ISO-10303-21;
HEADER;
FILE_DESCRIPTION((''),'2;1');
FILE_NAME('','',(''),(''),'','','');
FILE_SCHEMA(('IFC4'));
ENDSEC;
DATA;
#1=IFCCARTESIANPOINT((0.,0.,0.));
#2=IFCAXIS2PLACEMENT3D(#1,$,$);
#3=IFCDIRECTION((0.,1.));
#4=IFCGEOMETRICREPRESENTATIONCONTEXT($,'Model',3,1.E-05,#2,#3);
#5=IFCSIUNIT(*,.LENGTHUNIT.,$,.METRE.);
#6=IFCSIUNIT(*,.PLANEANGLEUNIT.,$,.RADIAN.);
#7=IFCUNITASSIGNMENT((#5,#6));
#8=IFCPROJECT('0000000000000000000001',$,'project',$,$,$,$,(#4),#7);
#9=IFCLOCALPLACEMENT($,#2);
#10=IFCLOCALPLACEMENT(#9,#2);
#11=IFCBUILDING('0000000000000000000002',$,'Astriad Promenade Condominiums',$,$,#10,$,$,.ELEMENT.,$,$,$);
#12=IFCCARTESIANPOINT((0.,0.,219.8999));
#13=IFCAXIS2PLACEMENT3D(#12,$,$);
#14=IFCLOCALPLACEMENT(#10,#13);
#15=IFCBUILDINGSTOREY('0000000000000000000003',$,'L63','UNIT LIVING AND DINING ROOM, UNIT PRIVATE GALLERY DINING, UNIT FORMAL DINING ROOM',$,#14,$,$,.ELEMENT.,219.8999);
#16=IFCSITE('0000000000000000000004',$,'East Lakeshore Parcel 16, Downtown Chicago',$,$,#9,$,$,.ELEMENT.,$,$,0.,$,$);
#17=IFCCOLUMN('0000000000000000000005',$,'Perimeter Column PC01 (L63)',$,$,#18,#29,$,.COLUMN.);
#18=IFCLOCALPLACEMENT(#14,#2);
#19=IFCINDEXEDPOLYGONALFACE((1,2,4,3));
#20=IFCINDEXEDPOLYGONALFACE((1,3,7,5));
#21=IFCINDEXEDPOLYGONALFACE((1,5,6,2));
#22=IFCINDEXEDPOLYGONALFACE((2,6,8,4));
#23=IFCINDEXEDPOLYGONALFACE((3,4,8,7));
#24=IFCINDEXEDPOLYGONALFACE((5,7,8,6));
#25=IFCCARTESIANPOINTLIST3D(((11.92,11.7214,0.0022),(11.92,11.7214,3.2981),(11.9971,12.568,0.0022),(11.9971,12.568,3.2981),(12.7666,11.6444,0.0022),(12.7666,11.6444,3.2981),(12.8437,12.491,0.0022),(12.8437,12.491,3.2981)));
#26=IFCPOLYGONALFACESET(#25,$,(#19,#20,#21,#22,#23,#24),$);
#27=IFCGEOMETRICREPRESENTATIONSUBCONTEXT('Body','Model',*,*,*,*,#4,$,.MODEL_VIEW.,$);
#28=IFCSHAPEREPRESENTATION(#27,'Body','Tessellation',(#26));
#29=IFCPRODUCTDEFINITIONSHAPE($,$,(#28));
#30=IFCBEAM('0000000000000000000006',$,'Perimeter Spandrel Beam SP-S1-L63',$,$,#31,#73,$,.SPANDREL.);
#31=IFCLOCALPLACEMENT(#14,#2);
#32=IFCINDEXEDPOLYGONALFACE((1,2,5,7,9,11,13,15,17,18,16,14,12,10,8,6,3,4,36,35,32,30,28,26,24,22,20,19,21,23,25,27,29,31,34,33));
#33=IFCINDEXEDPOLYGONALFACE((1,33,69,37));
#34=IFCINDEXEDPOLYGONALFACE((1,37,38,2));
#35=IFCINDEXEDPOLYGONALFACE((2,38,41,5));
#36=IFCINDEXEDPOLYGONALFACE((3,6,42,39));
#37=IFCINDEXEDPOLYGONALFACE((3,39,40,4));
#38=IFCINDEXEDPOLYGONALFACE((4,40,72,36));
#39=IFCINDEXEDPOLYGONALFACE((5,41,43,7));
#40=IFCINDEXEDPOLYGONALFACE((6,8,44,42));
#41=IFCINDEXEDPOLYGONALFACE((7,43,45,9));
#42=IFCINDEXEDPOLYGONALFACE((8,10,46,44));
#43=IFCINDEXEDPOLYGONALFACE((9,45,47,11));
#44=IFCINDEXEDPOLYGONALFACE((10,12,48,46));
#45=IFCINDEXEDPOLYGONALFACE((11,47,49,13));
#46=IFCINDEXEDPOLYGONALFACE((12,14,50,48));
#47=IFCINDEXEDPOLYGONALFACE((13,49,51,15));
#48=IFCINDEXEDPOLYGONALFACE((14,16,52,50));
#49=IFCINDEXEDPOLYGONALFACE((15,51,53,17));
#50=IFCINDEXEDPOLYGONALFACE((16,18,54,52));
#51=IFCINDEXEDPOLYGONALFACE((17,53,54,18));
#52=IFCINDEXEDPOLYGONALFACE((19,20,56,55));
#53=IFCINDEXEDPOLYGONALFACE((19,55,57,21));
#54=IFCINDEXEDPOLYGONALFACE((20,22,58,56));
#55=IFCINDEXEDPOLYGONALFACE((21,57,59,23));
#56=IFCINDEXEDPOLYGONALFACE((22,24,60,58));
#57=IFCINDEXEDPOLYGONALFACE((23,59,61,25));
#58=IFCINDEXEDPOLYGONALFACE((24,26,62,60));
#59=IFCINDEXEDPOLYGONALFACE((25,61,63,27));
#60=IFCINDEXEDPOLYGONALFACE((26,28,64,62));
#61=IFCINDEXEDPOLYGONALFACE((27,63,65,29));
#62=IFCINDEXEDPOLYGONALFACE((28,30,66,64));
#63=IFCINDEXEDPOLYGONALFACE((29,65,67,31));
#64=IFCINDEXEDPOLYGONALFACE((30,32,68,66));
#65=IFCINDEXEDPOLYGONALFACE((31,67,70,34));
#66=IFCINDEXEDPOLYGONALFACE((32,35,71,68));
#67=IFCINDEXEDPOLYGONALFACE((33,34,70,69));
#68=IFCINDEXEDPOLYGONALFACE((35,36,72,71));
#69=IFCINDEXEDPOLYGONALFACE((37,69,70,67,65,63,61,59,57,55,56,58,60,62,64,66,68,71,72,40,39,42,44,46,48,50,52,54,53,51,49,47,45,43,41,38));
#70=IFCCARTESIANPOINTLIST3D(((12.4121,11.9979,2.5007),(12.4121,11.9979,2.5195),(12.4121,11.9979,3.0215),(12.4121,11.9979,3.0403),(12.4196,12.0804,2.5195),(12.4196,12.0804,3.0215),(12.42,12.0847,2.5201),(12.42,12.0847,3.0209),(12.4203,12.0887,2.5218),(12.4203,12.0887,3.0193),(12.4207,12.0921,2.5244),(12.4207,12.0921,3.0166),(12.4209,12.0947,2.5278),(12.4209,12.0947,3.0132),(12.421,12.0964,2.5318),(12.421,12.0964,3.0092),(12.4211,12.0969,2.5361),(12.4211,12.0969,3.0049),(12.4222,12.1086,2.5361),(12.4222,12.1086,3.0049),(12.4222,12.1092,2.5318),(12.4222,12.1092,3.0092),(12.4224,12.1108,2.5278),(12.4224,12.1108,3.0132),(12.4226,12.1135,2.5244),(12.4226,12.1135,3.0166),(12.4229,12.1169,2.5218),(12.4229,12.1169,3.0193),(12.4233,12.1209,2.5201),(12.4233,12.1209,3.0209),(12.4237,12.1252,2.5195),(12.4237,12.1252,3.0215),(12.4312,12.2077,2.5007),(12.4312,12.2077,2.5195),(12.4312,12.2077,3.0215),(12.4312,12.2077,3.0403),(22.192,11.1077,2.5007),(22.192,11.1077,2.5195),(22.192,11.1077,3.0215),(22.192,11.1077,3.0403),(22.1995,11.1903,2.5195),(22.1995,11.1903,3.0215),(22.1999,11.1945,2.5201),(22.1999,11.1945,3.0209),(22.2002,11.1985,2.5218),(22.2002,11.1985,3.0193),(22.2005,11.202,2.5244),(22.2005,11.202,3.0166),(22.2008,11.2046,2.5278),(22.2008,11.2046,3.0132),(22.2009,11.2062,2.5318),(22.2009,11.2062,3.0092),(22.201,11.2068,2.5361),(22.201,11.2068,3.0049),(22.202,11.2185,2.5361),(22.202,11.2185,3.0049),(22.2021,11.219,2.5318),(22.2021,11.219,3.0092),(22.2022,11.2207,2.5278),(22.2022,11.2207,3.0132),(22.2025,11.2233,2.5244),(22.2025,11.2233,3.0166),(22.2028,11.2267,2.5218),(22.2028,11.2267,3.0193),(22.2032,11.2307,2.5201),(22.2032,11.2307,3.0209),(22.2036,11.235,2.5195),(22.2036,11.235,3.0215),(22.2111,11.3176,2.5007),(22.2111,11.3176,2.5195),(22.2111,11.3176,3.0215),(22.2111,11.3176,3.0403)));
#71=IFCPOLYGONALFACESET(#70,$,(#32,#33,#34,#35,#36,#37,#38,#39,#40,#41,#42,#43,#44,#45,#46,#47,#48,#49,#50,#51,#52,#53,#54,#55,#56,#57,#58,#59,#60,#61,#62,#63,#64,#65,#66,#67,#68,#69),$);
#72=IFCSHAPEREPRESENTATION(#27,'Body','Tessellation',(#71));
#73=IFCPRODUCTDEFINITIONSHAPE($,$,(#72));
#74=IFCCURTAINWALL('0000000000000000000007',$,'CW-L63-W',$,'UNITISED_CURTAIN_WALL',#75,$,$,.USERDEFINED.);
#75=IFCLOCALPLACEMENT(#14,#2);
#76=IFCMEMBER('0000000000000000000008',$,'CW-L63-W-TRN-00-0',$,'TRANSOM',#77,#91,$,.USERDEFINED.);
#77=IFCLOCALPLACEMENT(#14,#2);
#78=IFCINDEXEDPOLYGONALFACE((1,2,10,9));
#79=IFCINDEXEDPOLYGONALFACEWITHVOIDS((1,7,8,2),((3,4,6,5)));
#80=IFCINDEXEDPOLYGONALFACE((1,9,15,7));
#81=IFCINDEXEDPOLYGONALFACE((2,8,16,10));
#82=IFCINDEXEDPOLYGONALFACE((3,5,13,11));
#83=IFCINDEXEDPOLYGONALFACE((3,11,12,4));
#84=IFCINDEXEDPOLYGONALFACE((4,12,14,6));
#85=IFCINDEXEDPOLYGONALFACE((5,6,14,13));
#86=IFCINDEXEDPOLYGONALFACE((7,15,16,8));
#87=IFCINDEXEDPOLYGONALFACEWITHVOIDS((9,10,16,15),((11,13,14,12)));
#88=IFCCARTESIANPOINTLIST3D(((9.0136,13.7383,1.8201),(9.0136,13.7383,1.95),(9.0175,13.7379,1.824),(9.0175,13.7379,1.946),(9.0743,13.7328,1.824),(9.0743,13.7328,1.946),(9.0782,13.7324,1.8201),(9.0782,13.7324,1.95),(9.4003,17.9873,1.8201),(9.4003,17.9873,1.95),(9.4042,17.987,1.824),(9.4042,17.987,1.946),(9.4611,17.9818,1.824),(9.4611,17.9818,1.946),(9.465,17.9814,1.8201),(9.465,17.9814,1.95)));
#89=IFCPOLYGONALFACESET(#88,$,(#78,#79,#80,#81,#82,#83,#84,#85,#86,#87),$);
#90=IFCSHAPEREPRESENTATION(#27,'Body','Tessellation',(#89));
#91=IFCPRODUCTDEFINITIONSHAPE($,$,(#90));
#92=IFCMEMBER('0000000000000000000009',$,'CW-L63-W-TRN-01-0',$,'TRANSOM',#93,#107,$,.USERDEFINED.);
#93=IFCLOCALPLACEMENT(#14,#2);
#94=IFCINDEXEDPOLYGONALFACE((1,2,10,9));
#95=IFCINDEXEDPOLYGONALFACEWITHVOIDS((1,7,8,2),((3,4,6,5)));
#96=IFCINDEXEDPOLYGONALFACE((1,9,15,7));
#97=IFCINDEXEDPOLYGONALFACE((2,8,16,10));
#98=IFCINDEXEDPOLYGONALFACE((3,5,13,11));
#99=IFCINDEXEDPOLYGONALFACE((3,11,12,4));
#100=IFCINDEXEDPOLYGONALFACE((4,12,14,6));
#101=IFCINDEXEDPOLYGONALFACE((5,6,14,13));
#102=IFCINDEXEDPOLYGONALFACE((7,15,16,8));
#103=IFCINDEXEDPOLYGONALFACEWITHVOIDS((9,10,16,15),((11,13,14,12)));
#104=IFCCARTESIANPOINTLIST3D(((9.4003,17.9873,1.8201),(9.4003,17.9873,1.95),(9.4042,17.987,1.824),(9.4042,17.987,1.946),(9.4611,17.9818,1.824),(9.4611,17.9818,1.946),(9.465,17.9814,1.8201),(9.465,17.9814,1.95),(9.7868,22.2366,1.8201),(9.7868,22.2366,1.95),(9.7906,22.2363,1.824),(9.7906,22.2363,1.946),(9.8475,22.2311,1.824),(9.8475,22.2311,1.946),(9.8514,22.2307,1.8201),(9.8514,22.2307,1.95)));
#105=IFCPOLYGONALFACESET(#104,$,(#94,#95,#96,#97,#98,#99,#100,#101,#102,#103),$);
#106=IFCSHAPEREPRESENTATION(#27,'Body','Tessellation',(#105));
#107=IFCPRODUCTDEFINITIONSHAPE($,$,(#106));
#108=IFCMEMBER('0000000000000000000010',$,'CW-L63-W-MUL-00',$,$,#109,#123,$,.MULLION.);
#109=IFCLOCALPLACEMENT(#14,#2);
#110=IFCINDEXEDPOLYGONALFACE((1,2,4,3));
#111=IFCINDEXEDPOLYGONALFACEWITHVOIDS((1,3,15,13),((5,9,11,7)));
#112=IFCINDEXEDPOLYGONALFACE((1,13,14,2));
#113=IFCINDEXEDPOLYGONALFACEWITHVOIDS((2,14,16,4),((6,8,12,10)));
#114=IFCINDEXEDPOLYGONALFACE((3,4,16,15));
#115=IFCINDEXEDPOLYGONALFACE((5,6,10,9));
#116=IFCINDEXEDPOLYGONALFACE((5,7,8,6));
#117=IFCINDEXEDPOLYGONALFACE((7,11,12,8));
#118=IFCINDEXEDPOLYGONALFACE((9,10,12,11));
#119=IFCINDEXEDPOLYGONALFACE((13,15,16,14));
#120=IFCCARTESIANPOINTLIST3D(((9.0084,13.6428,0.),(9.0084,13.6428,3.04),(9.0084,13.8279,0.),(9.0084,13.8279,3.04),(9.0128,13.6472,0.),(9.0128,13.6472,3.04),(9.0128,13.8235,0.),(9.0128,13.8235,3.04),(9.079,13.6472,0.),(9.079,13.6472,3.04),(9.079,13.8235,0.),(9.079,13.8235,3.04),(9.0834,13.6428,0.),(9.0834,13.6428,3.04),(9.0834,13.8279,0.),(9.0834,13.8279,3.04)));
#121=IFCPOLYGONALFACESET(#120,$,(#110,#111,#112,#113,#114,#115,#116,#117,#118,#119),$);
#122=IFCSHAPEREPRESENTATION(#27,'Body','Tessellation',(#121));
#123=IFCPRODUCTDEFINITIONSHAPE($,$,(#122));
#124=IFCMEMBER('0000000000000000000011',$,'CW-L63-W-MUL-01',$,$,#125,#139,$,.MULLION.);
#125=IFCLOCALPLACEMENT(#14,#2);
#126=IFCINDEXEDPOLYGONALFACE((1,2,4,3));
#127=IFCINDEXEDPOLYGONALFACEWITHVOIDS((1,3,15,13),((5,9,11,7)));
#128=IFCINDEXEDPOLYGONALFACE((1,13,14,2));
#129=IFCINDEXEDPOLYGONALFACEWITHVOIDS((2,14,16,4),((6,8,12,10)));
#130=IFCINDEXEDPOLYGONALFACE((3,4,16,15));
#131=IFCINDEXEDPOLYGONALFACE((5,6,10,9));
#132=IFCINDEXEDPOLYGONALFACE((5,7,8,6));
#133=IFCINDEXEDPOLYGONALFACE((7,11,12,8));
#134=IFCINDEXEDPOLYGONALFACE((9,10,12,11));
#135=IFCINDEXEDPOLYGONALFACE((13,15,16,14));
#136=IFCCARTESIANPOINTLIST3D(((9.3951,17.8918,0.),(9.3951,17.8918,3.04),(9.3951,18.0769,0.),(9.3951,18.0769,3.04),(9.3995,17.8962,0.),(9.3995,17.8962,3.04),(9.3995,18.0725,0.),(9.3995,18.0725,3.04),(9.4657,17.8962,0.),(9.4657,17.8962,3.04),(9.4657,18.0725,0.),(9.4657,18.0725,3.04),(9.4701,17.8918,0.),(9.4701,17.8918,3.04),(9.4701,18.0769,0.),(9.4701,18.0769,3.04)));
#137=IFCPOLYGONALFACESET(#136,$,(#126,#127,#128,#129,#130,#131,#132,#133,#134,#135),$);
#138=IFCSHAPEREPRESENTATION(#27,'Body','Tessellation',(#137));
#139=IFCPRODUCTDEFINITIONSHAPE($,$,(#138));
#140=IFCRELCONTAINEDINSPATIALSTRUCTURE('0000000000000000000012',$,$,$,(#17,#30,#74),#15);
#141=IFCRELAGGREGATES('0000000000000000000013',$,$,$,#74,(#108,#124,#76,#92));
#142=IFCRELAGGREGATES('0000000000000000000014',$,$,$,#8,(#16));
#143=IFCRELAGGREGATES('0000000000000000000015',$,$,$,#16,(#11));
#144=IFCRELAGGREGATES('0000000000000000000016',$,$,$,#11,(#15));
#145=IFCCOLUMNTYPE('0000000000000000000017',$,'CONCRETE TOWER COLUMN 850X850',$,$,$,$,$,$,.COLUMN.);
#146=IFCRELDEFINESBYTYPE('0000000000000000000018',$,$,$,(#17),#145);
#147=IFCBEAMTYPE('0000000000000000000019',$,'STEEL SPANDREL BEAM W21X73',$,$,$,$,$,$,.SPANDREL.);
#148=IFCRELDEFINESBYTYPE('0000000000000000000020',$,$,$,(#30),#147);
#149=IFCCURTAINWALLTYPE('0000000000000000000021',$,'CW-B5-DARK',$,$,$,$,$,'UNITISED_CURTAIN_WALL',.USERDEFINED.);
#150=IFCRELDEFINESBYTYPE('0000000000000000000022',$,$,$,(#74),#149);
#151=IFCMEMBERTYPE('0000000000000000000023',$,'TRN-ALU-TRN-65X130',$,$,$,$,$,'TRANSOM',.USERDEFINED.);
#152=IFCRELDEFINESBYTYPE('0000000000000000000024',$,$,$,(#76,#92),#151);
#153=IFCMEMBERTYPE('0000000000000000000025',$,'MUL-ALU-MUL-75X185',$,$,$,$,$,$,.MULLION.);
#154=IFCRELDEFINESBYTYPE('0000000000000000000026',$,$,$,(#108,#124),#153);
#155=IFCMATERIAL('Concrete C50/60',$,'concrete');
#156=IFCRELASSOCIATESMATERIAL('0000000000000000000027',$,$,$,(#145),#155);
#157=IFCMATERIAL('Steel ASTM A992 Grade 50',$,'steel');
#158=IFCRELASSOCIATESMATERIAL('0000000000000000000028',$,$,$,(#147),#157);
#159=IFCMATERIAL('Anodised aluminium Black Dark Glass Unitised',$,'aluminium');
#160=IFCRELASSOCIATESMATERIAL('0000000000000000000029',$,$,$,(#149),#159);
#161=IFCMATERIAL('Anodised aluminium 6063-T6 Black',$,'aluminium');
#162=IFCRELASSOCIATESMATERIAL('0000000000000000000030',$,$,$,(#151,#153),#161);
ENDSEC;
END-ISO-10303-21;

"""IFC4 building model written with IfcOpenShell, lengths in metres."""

from ifc_helpers import new_model, si_unit, direction, frame, origin, origin_2d, place, context, subcontext, project, spatial, rectangle, hollow_rectangle, i_section, extrude, source, transform, mapped, material, material_profile, profile_set, type_object, type_shapes, element, aggregate, save


model = new_model("IFC4")

# Units and contexts
model_context = context("Model", 3, precision=1e-05, world=origin(), true_north=direction((0.0, 1.0)))
body_context = subcontext(model_context, "Body", "Model", "MODEL_VIEW")
ifc_project = project(units=[si_unit("LENGTHUNIT", "METRE"), si_unit("PLANEANGLEUNIT", "RADIAN")], contexts=[model_context])

# Site, building, storey
site_placement = place(None, origin())
site = spatial("IfcSite", under=ifc_project, at=site_placement, Name="East Lakeshore Parcel 16, Downtown Chicago", CompositionType="ELEMENT", RefElevation=0.0)
building_placement = place(site_placement, origin())
building = spatial("IfcBuilding", under=site, at=building_placement, Name="Astriad Promenade Condominiums", CompositionType="ELEMENT")
storey_placement = place(building_placement, frame((0.0, 0.0, 219.8999)))
storey = spatial("IfcBuildingStorey", under=building, at=storey_placement, Name="L63", Description="UNIT LIVING AND DINING ROOM, UNIT PRIVATE GALLERY DINING, UNIT FORMAL DINING ROOM", CompositionType="ELEMENT", Elevation=219.8999)

# Column
ifc_material_1 = material(Name="Concrete C50/60", Category="concrete")
ifc_material_profile_1 = material_profile(ifc_material_1, rectangle(XDim=0.8501, YDim=0.8501, at=origin_2d()), Name="RC-COL-850X850")
ifc_profile_set_1 = profile_set([ifc_material_profile_1], Name="Concrete C50/60")
column_type = type_object("IfcColumnType", Name="CONCRETE TOWER COLUMN 850X850", PredefinedType="COLUMN", material=ifc_profile_set_1)
shared_shape_1 = source(origin(), body_context, "Body", "SweptSolid", [
    extrude(rectangle(XDim=0.8501, YDim=0.8501, at=origin_2d()), origin(), (0.0, 0.0, 1.0), 3.2959),
])
type_shapes(column_type, [shared_shape_1])
column_placement = place(storey_placement, frame((12.3818, 12.1062, 0.0022), z_axis=(0.0, 0.0, 1.0), x_axis=(0.995884, -0.090633, 0.0)))
element("IfcColumn", 1, at=column_placement, inside=storey, type_object=column_type, Name="Perimeter Column PC01 (L63)", PredefinedType="COLUMN", context=body_context, shape_type="MappedRepresentation", body=[
    mapped(shared_shape_1, transform((0.0, 0.0, 0.0), scale=1.0)),
])

# Beam
ifc_material_2 = material(Name="Steel ASTM A992 Grade 50", Category="steel")
ifc_material_profile_2 = material_profile(ifc_material_2, i_section(OverallWidth=0.2107, OverallDepth=0.5396, WebThickness=0.0117, FlangeThickness=0.0188, FilletRadius=0.0166, at=origin_2d()), Name="W21X73")
ifc_profile_set_2 = profile_set([ifc_material_profile_2], Name="Steel ASTM A992 Grade 50")
beam_type = type_object("IfcBeamType", Name="STEEL SPANDREL BEAM W21X73", PredefinedType="SPANDREL", material=ifc_profile_set_2)
shared_shape_2 = source(origin(), body_context, "Body", "SweptSolid", [
    extrude(i_section(OverallWidth=0.2107, OverallDepth=0.5396, WebThickness=0.0117, FlangeThickness=0.0188, FilletRadius=0.0166, at=origin_2d()), origin(), (0.0, 0.0, 1.0), 9.8203),
])
type_shapes(beam_type, [shared_shape_2])
beam_placement = place(storey_placement, frame((12.4216, 12.1028, 2.7705), z_axis=(0.995883, -0.090643, 0.0), x_axis=(0.090643, 0.995883, 0.0)))
element("IfcBeam", 2, at=beam_placement, inside=storey, type_object=beam_type, Name="Perimeter Spandrel Beam SP-S1-L63", PredefinedType="SPANDREL", context=body_context, shape_type="MappedRepresentation", body=[
    mapped(shared_shape_2, transform((0.0, 0.0, 0.0), scale=1.0)),
])

# Curtain wall, members
ifc_material_3 = material(Name="Anodised aluminium Black Dark Glass Unitised", Category="aluminium")
curtain_wall_type = type_object("IfcCurtainWallType", Name="CW-B5-DARK", ElementType="UNITISED_CURTAIN_WALL", PredefinedType="USERDEFINED", material=ifc_material_3)
curtain_wall_placement = place(storey_placement, origin())
curtain_wall = element("IfcCurtainWall", 3, at=curtain_wall_placement, inside=storey, type_object=curtain_wall_type, Name="CW-L63-W", ObjectType="UNITISED_CURTAIN_WALL", PredefinedType="USERDEFINED")
ifc_material_4 = material(Name="Anodised aluminium 6063-T6 Black", Category="aluminium")
ifc_material_profile_3 = material_profile(ifc_material_4, hollow_rectangle(XDim=0.0649, YDim=0.1299, WallThickness=0.0039, at=origin_2d()), Name="ALU-TRN-65X130")
ifc_profile_set_3 = profile_set([ifc_material_profile_3], Name="Anodised aluminium 6063-T6 Black")
member_type_1 = type_object("IfcMemberType", Name="TRN-ALU-TRN-65X130", ElementType="TRANSOM", PredefinedType="USERDEFINED", material=ifc_profile_set_3)
shared_shape_3 = source(origin(), body_context, "Body", "SweptSolid", [
    extrude(hollow_rectangle(XDim=0.0649, YDim=0.1299, WallThickness=0.0039, at=origin_2d()), origin(), (0.0, 0.0, 1.0), 4.2666),
])
member_1_placement = place(storey_placement, frame((9.0459, 13.7354, 1.885), z_axis=(0.090639, 0.995884, 0.0), x_axis=(-0.995884, 0.090639, 0.0)))
member_1 = element("IfcMember", 4, at=member_1_placement, type_object=member_type_1, Name="CW-L63-W-TRN-00-0", ObjectType="TRANSOM", PredefinedType="USERDEFINED", context=body_context, shape_type="MappedRepresentation", body=[
    mapped(shared_shape_3, transform((0.0, 0.0, 0.0), scale=1.0)),
])
shared_shape_4 = source(origin(), body_context, "Body", "SweptSolid", [
    extrude(hollow_rectangle(XDim=0.0649, YDim=0.1299, WallThickness=0.0039, at=origin_2d()), origin(), (0.0, 0.0, 1.0), 4.2668),
])
type_shapes(member_type_1, [shared_shape_3, shared_shape_4])
member_2_placement = place(storey_placement, frame((9.4326, 17.9844, 1.885), z_axis=(0.090577, 0.995889, 0.0), x_axis=(-0.995889, 0.090577, 0.0)))
member_2 = element("IfcMember", 5, at=member_2_placement, type_object=member_type_1, Name="CW-L63-W-TRN-01-0", ObjectType="TRANSOM", PredefinedType="USERDEFINED", context=body_context, shape_type="MappedRepresentation", body=[
    mapped(shared_shape_4, transform((0.0, 0.0, 0.0), scale=1.0)),
])
ifc_material_profile_4 = material_profile(ifc_material_4, hollow_rectangle(XDim=0.075, YDim=0.1851, WallThickness=0.0044, at=origin_2d()), Name="ALU-MUL-75X185")
ifc_profile_set_4 = profile_set([ifc_material_profile_4], Name="Anodised aluminium 6063-T6 Black")
member_type_2 = type_object("IfcMemberType", Name="MUL-ALU-MUL-75X185", PredefinedType="MULLION", material=ifc_profile_set_4)
shared_shape_5 = source(origin(), body_context, "Body", "SweptSolid", [
    extrude(hollow_rectangle(XDim=0.075, YDim=0.1851, WallThickness=0.0044, at=origin_2d()), origin(), (0.0, 0.0, 1.0), 3.04),
])
type_shapes(member_type_2, [shared_shape_5])
member_3_placement = place(storey_placement, frame((9.0459, 13.7354, 0.0), z_axis=(0.0, 0.0, 1.0), x_axis=(1.0, 0.0, 0.0)))
member_3 = element("IfcMember", 6, at=member_3_placement, type_object=member_type_2, Name="CW-L63-W-MUL-00", PredefinedType="MULLION", context=body_context, shape_type="MappedRepresentation", body=[
    mapped(shared_shape_5, transform((0.0, 0.0, 0.0), scale=1.0)),
])
member_4_placement = place(storey_placement, frame((9.4326, 17.9844, 0.0), z_axis=(0.0, 0.0, 1.0), x_axis=(1.0, 0.0, 0.0)))
member_4 = element("IfcMember", 7, at=member_4_placement, type_object=member_type_2, Name="CW-L63-W-MUL-01", PredefinedType="MULLION", context=body_context, shape_type="MappedRepresentation", body=[
    mapped(shared_shape_5, transform((0.0, 0.0, 0.0), scale=1.0)),
])

aggregate(curtain_wall, [member_3, member_4, member_1, member_2])

save(model, "model.ifc")
